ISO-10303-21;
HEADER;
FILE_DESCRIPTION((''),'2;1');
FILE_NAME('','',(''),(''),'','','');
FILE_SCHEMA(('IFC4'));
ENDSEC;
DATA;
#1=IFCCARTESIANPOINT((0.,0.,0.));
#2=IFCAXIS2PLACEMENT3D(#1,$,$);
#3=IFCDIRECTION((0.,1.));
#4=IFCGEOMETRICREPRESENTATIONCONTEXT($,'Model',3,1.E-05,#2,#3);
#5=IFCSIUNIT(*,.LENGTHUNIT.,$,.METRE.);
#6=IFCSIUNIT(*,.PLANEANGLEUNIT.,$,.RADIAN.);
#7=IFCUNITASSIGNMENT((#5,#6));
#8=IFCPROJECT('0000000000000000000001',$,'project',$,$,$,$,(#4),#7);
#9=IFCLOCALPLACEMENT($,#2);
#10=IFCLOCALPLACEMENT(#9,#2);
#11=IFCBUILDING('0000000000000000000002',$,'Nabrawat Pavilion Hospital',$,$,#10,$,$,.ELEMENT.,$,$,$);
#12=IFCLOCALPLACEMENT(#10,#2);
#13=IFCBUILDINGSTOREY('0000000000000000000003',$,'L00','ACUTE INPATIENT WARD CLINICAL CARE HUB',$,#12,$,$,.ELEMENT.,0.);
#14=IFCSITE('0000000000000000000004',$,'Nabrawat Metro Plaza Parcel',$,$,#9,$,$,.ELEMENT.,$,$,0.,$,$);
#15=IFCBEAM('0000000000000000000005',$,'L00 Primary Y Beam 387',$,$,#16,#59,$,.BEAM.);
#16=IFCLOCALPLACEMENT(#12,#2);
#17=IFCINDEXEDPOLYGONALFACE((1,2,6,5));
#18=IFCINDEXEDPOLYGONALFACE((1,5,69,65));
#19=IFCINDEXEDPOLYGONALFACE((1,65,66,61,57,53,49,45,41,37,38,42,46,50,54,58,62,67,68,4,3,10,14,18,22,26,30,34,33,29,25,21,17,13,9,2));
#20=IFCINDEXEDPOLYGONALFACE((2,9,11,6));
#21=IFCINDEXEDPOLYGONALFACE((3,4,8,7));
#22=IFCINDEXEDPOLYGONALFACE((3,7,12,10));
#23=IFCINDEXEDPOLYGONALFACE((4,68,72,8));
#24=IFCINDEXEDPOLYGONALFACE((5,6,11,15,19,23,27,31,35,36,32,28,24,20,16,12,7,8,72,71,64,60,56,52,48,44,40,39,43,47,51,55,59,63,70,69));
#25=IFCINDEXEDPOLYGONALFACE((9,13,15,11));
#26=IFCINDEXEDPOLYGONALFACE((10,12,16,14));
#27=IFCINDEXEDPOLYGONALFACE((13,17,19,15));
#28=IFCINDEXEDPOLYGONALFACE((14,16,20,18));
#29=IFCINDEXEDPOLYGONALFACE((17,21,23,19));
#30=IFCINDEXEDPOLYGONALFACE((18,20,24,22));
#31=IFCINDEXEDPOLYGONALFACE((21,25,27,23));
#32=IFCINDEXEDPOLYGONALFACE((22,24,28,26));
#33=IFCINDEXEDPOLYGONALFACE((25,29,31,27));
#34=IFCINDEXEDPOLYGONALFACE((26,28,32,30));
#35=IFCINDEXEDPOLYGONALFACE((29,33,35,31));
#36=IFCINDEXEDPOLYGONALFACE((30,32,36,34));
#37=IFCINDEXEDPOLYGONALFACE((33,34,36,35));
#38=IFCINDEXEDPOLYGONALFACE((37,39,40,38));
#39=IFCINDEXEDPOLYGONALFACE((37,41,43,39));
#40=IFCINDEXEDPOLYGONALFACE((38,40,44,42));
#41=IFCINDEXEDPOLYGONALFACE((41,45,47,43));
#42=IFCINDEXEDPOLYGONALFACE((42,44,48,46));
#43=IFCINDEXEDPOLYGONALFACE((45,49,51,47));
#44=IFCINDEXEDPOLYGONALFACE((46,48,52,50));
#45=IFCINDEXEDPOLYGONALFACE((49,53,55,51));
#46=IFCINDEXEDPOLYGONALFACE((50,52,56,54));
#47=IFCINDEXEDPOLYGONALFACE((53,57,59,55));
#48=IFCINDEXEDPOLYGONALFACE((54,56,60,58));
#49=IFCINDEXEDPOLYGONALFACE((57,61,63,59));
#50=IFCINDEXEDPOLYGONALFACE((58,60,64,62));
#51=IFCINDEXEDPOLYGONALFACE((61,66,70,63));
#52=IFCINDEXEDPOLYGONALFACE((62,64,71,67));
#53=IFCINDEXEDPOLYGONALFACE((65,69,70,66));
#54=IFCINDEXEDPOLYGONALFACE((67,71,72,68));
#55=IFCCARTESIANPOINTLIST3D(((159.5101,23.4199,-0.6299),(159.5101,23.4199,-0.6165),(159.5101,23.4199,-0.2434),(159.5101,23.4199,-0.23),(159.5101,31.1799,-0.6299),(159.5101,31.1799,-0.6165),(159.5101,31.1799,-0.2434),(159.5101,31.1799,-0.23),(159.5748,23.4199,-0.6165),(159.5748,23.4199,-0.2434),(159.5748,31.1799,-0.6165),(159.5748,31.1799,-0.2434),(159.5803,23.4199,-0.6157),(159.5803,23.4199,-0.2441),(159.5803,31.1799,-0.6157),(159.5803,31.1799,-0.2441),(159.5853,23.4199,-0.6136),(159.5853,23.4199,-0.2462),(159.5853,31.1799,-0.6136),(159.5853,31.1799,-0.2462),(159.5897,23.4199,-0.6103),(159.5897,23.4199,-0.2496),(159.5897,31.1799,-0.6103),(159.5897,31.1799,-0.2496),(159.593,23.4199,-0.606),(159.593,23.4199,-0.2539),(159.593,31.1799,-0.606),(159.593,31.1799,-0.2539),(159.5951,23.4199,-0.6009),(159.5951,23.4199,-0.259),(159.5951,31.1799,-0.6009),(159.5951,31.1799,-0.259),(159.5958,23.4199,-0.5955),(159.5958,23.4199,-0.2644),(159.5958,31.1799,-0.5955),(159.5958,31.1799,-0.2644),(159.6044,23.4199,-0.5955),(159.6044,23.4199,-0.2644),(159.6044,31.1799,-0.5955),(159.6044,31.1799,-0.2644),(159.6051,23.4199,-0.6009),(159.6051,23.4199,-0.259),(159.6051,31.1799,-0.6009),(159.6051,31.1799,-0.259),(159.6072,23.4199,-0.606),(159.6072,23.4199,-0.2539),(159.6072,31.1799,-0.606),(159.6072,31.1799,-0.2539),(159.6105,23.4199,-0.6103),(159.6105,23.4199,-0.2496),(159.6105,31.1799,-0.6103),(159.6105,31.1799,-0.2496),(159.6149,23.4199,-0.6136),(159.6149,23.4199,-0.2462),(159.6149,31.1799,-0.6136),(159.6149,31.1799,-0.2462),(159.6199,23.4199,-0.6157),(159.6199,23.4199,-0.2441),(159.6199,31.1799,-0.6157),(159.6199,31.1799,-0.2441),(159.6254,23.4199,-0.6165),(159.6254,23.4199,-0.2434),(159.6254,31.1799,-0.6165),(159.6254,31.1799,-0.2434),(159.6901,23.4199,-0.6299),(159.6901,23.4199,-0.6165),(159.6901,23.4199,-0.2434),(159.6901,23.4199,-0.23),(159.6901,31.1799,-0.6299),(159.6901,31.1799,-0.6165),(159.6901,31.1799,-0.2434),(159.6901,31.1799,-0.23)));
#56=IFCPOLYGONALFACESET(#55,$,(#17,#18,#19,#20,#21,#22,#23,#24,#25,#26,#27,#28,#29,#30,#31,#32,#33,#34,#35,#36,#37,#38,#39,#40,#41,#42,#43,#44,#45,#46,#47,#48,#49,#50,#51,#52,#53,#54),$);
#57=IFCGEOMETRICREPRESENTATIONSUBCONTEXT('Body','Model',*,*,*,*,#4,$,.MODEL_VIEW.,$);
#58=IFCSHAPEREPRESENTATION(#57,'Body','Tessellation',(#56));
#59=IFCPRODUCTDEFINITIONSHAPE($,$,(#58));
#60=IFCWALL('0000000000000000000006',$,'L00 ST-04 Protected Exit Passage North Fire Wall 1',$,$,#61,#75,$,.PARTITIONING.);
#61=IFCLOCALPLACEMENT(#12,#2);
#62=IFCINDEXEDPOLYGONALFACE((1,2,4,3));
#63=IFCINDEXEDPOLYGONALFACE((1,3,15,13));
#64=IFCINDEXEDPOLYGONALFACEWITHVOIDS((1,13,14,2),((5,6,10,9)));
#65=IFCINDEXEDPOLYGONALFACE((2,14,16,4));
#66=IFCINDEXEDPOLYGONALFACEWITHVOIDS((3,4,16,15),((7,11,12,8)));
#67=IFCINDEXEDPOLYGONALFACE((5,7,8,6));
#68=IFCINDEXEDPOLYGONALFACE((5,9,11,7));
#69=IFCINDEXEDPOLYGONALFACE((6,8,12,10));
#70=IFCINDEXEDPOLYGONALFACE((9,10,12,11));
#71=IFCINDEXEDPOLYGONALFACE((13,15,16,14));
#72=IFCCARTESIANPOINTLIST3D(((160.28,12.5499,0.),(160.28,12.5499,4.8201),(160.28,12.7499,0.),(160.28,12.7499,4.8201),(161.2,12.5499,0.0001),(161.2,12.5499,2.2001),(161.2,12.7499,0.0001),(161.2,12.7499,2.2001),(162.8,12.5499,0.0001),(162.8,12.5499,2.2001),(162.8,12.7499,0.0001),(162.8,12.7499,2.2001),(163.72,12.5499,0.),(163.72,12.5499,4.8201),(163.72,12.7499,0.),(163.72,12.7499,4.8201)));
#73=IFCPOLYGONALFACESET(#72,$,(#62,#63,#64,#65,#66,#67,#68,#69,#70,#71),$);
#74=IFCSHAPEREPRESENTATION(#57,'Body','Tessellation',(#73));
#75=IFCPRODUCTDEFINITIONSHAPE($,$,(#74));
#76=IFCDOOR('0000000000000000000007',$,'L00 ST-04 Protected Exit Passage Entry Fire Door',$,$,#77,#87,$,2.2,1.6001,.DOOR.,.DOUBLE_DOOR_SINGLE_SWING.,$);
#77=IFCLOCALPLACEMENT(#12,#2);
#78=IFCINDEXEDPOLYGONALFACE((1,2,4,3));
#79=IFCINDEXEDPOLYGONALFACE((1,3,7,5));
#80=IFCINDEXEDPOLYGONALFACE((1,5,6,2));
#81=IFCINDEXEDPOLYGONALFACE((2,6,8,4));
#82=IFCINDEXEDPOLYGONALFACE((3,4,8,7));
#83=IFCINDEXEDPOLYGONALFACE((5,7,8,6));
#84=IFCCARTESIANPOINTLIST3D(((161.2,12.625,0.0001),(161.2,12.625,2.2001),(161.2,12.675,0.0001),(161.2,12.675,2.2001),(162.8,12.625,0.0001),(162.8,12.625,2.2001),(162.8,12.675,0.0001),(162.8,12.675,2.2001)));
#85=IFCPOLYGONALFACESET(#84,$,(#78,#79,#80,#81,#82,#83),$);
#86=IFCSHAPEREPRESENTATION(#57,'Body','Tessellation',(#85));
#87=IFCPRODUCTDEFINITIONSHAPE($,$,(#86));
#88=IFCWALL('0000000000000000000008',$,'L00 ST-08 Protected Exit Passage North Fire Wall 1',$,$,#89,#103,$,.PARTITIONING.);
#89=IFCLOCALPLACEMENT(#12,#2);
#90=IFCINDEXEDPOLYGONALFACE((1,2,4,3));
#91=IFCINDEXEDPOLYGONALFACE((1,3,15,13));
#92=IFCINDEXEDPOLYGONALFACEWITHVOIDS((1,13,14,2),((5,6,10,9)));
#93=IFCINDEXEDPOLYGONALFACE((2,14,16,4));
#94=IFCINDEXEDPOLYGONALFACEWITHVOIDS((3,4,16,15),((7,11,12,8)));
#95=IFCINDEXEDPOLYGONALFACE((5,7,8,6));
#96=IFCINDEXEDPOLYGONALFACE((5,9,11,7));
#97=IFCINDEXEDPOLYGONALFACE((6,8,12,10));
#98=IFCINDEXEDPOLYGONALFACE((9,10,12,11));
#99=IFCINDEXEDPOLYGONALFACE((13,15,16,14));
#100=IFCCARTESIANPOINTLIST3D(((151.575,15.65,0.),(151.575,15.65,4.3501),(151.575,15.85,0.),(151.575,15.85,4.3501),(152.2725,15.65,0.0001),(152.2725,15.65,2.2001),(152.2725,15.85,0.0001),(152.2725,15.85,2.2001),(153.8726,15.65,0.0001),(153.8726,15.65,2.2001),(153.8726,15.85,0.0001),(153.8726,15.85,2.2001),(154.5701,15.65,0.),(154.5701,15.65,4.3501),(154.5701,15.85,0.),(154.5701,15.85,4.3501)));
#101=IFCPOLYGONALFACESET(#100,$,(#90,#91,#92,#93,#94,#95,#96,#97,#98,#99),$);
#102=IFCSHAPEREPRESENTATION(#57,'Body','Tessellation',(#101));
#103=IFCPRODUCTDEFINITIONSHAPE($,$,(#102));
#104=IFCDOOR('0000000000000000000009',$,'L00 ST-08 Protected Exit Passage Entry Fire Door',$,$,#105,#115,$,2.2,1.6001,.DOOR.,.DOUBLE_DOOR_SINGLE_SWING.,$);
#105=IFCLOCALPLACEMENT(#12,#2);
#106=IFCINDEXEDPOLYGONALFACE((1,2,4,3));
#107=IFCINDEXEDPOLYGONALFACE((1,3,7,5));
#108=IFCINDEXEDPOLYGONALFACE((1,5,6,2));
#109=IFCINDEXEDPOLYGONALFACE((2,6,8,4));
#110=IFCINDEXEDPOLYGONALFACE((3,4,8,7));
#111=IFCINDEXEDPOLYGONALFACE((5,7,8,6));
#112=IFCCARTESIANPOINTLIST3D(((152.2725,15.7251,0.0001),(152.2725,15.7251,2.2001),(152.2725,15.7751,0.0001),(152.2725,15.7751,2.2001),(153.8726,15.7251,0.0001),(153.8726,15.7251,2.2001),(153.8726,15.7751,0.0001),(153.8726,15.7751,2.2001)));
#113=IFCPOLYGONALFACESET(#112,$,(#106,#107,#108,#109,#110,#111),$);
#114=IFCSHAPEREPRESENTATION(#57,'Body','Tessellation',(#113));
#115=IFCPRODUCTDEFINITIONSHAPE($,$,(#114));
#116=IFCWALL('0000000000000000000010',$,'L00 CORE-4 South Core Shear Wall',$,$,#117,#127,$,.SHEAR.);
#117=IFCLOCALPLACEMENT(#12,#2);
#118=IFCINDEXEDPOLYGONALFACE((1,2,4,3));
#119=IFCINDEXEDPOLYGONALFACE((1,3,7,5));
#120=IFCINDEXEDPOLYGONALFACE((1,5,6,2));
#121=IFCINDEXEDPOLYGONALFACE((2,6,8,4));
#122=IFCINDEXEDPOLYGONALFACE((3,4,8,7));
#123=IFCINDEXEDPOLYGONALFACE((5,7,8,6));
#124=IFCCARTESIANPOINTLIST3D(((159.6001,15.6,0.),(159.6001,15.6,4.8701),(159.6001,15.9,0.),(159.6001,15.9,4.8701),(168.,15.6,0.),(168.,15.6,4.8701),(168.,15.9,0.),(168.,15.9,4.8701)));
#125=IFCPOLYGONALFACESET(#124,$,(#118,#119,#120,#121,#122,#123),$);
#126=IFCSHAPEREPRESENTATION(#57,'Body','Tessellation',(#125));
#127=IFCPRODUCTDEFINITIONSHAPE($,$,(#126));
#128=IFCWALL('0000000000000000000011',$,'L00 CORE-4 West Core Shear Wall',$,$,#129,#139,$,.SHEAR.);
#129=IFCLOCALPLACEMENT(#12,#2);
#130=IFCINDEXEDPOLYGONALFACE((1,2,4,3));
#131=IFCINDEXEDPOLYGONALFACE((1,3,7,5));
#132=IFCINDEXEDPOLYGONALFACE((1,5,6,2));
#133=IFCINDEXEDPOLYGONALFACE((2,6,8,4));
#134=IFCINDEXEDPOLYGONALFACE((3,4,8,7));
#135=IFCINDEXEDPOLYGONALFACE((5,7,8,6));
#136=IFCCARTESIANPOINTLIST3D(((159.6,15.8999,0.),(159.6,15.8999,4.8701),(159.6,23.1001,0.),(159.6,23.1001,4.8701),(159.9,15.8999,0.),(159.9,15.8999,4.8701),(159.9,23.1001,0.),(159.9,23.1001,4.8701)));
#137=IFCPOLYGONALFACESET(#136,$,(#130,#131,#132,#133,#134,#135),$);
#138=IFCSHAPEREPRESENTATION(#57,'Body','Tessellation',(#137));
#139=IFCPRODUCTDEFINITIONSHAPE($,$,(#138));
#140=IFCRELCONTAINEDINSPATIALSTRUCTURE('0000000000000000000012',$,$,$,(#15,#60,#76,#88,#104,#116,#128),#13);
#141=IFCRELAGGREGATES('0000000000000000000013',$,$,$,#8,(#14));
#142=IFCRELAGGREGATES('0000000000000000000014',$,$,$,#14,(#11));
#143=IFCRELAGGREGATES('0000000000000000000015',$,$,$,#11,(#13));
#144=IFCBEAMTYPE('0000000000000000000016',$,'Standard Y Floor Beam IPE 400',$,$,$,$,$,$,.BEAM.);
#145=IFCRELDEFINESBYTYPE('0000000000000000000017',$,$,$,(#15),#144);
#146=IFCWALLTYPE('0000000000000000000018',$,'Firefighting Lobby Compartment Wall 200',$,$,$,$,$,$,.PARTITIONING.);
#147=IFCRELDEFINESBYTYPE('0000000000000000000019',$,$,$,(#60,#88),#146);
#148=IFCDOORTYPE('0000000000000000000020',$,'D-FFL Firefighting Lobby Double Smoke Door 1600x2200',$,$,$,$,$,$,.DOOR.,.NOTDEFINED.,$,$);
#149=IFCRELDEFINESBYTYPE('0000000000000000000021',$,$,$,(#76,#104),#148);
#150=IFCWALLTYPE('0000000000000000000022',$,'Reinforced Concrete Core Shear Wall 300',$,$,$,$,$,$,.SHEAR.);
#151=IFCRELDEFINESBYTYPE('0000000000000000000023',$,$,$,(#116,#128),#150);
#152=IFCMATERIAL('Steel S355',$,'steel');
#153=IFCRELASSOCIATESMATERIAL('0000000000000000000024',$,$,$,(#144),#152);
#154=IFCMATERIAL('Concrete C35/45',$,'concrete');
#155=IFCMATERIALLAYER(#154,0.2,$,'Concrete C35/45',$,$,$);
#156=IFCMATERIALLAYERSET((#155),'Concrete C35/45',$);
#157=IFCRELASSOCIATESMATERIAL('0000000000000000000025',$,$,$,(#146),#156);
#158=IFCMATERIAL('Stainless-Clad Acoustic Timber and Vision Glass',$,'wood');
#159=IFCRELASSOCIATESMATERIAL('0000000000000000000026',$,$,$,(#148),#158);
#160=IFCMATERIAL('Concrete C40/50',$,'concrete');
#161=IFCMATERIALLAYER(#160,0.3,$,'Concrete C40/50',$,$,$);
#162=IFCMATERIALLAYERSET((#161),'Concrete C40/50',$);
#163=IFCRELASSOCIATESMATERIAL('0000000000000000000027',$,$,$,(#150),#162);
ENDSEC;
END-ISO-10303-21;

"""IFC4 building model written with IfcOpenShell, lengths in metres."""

from ifc_helpers import new_model, si_unit, direction, frame, frame_2d, origin, origin_2d, place, context, subcontext, project, spatial, rectangle, i_section, extrude, material, layer, layer_set, material_profile, profile_set, type_object, element, fill, save


model = new_model("IFC4")

# Units and contexts
model_context = context("Model", 3, precision=1e-05, world=origin(), true_north=direction((0.0, 1.0)))
body_context = subcontext(model_context, "Body", "Model", "MODEL_VIEW")
ifc_project = project(units=[si_unit("LENGTHUNIT", "METRE"), si_unit("PLANEANGLEUNIT", "RADIAN")], contexts=[model_context])

# Site, building, storey
site_placement = place(None, origin())
site = spatial("IfcSite", under=ifc_project, at=site_placement, Name="Nabrawat Metro Plaza Parcel", CompositionType="ELEMENT", RefElevation=0.0)
building_placement = place(site_placement, origin())
building = spatial("IfcBuilding", under=site, at=building_placement, Name="Nabrawat Pavilion Hospital", CompositionType="ELEMENT")
storey_placement = place(building_placement, origin())
storey = spatial("IfcBuildingStorey", under=building, at=storey_placement, Name="L00", Description="ACUTE INPATIENT WARD CLINICAL CARE HUB", CompositionType="ELEMENT", Elevation=0.0)

# Shared definitions
ifc_material_1 = material(Name="Concrete C40/50", Category="concrete")

# Beam
ifc_material_2 = material(Name="Steel S355", Category="steel")
ifc_material_profile_1 = material_profile(ifc_material_2, i_section(OverallWidth=0.1799, OverallDepth=0.3999, WebThickness=0.0085, FlangeThickness=0.0134, FilletRadius=0.021, at=origin_2d()), Name="IPE 400")
ifc_profile_set_1 = profile_set([ifc_material_profile_1], Name="Steel S355")
beam_type_1 = type_object("IfcBeamType", Name="Standard Y Floor Beam IPE 400", PredefinedType="BEAM", material=ifc_profile_set_1)
beam_1_placement = place(storey_placement, frame((159.6001, 23.4199, -0.4299), z_axis=(0.0, 1.0, 0.0), x_axis=(-1.0, 0.0, 0.0)))
element("IfcBeam", 1, at=beam_1_placement, inside=storey, type_object=beam_type_1, Name="L00 Primary Y Beam 387", PredefinedType="BEAM", context=body_context, shape_type="SweptSolid", body=[
    extrude(i_section(OverallWidth=0.1799, OverallDepth=0.3999, WebThickness=0.0085, FlangeThickness=0.0134, FilletRadius=0.021, at=origin_2d()), origin(), (0.0, 0.0, 1.0), 7.76),
])

# Walls, openings, doors
ifc_material_3 = material(Name="Concrete C35/45", Category="concrete")
ifc_layer_1 = layer(ifc_material_3, 0.2, Name="Concrete C35/45")
ifc_layer_set_1 = layer_set([ifc_layer_1], Name="Concrete C35/45")
wall_type_1 = type_object("IfcWallType", Name="Firefighting Lobby Compartment Wall 200", PredefinedType="PARTITIONING", material=ifc_layer_set_1)
wall_1_placement = place(storey_placement, frame((160.28, 12.6499, 0.0), z_axis=(0.0, 0.0, 1.0), x_axis=(1.0, 0.0, 0.0)))
wall_1 = element("IfcWall", 2, at=wall_1_placement, inside=storey, type_object=wall_type_1, Name="L00 ST-04 Protected Exit Passage North Fire Wall 1", PredefinedType="PARTITIONING", context=body_context, shape_type="SweptSolid", body=[
    extrude(rectangle(XDim=3.4399, YDim=0.2, at=frame_2d((1.72, 0.0))), origin(), (0.0, 0.0, 1.0), 4.8201),
])
opening_1_placement = place(wall_1_placement, frame((0.9199, 0.0, 0.0)))
opening_1 = element("IfcOpeningElement", 3, at=opening_1_placement, cuts=wall_1, PredefinedType="OPENING", context=body_context, shape_type="SweptSolid", body=[
    extrude(rectangle(XDim=1.6001, YDim=2.2, at=frame_2d((0.8, 1.1001))), frame((0.0, 0.1099, 0.0), z_axis=(0.0, -1.0, 0.0), x_axis=(1.0, 0.0, 0.0)), (0.0, 0.0, 1.0), 0.22),
])
ifc_material_4 = material(Name="Stainless-Clad Acoustic Timber and Vision Glass", Category="wood")
door_type_1 = type_object("IfcDoorType", Name="D-FFL Firefighting Lobby Double Smoke Door 1600x2200", OperationType="NOTDEFINED", PredefinedType="DOOR", material=ifc_material_4)
door_1_placement = place(opening_1_placement, frame((1.6001, 0.0, 0.0), z_axis=(0.0, 0.0, 1.0), x_axis=(-1.0, 0.0, 0.0)))
door_1 = element("IfcDoor", 4, at=door_1_placement, inside=storey, type_object=door_type_1, Name="L00 ST-04 Protected Exit Passage Entry Fire Door", OperationType="DOUBLE_DOOR_SINGLE_SWING", OverallHeight=2.2, OverallWidth=1.6001, PredefinedType="DOOR", context=body_context, shape_type="SweptSolid", body=[
    extrude(rectangle(XDim=1.6001, YDim=2.2, at=frame_2d((0.8, 1.1001))), frame((0.0, 0.0249, 0.0), z_axis=(0.0, -1.0, 0.0), x_axis=(1.0, 0.0, 0.0)), (0.0, 0.0, 1.0), 0.05),
])
fill(opening_1, door_1)
wall_2_placement = place(storey_placement, frame((151.575, 15.75, 0.0), z_axis=(0.0, 0.0, 1.0), x_axis=(1.0, 0.0, 0.0)))
wall_2 = element("IfcWall", 5, at=wall_2_placement, inside=storey, type_object=wall_type_1, Name="L00 ST-08 Protected Exit Passage North Fire Wall 1", PredefinedType="PARTITIONING", context=body_context, shape_type="SweptSolid", body=[
    extrude(rectangle(XDim=2.9951, YDim=0.2, at=frame_2d((1.4976, 0.0))), origin(), (0.0, 0.0, 1.0), 4.3501),
])
opening_2_placement = place(wall_2_placement, frame((0.6975, 0.0, 0.0)))
opening_2 = element("IfcOpeningElement", 6, at=opening_2_placement, cuts=wall_2, PredefinedType="OPENING", context=body_context, shape_type="SweptSolid", body=[
    extrude(rectangle(XDim=1.6001, YDim=2.2, at=frame_2d((0.8, 1.1001))), frame((0.0, 0.1099, 0.0), z_axis=(0.0, -1.0, 0.0), x_axis=(1.0, 0.0, 0.0)), (0.0, 0.0, 1.0), 0.22),
])
door_2_placement = place(opening_2_placement, frame((1.6001, 0.0, 0.0), z_axis=(0.0, 0.0, 1.0), x_axis=(-1.0, 0.0, 0.0)))
door_2 = element("IfcDoor", 7, at=door_2_placement, inside=storey, type_object=door_type_1, Name="L00 ST-08 Protected Exit Passage Entry Fire Door", OperationType="DOUBLE_DOOR_SINGLE_SWING", OverallHeight=2.2, OverallWidth=1.6001, PredefinedType="DOOR", context=body_context, shape_type="SweptSolid", body=[
    extrude(rectangle(XDim=1.6001, YDim=2.2, at=frame_2d((0.8, 1.1001))), frame((0.0, 0.0249, 0.0), z_axis=(0.0, -1.0, 0.0), x_axis=(1.0, 0.0, 0.0)), (0.0, 0.0, 1.0), 0.05),
])
fill(opening_2, door_2)

# Wall
ifc_layer_2 = layer(ifc_material_1, 0.3, Name="Concrete C40/50")
ifc_layer_set_2 = layer_set([ifc_layer_2], Name="Concrete C40/50")
wall_type_2 = type_object("IfcWallType", Name="Reinforced Concrete Core Shear Wall 300", PredefinedType="SHEAR", material=ifc_layer_set_2)
wall_3_placement = place(storey_placement, frame((159.6001, 15.75, 0.0), z_axis=(0.0, 0.0, 1.0), x_axis=(1.0, 0.0, 0.0)))
element("IfcWall", 8, at=wall_3_placement, inside=storey, type_object=wall_type_2, Name="L00 CORE-4 South Core Shear Wall", PredefinedType="SHEAR", context=body_context, shape_type="SweptSolid", body=[
    extrude(rectangle(XDim=8.3999, YDim=0.3, at=frame_2d((4.2, 0.0))), origin(), (0.0, 0.0, 1.0), 4.8701),
])

# Wall
wall_4_placement = place(storey_placement, frame((159.75, 15.8999, 0.0), z_axis=(0.0, 0.0, 1.0), x_axis=(0.0, 1.0, 0.0)))
element("IfcWall", 9, at=wall_4_placement, inside=storey, type_object=wall_type_2, Name="L00 CORE-4 West Core Shear Wall", PredefinedType="SHEAR", context=body_context, shape_type="SweptSolid", body=[
    extrude(rectangle(XDim=7.2002, YDim=0.3, at=frame_2d((3.6001, 0.0))), origin(), (0.0, 0.0, 1.0), 4.8701),
])

save(model, "model.ifc")
